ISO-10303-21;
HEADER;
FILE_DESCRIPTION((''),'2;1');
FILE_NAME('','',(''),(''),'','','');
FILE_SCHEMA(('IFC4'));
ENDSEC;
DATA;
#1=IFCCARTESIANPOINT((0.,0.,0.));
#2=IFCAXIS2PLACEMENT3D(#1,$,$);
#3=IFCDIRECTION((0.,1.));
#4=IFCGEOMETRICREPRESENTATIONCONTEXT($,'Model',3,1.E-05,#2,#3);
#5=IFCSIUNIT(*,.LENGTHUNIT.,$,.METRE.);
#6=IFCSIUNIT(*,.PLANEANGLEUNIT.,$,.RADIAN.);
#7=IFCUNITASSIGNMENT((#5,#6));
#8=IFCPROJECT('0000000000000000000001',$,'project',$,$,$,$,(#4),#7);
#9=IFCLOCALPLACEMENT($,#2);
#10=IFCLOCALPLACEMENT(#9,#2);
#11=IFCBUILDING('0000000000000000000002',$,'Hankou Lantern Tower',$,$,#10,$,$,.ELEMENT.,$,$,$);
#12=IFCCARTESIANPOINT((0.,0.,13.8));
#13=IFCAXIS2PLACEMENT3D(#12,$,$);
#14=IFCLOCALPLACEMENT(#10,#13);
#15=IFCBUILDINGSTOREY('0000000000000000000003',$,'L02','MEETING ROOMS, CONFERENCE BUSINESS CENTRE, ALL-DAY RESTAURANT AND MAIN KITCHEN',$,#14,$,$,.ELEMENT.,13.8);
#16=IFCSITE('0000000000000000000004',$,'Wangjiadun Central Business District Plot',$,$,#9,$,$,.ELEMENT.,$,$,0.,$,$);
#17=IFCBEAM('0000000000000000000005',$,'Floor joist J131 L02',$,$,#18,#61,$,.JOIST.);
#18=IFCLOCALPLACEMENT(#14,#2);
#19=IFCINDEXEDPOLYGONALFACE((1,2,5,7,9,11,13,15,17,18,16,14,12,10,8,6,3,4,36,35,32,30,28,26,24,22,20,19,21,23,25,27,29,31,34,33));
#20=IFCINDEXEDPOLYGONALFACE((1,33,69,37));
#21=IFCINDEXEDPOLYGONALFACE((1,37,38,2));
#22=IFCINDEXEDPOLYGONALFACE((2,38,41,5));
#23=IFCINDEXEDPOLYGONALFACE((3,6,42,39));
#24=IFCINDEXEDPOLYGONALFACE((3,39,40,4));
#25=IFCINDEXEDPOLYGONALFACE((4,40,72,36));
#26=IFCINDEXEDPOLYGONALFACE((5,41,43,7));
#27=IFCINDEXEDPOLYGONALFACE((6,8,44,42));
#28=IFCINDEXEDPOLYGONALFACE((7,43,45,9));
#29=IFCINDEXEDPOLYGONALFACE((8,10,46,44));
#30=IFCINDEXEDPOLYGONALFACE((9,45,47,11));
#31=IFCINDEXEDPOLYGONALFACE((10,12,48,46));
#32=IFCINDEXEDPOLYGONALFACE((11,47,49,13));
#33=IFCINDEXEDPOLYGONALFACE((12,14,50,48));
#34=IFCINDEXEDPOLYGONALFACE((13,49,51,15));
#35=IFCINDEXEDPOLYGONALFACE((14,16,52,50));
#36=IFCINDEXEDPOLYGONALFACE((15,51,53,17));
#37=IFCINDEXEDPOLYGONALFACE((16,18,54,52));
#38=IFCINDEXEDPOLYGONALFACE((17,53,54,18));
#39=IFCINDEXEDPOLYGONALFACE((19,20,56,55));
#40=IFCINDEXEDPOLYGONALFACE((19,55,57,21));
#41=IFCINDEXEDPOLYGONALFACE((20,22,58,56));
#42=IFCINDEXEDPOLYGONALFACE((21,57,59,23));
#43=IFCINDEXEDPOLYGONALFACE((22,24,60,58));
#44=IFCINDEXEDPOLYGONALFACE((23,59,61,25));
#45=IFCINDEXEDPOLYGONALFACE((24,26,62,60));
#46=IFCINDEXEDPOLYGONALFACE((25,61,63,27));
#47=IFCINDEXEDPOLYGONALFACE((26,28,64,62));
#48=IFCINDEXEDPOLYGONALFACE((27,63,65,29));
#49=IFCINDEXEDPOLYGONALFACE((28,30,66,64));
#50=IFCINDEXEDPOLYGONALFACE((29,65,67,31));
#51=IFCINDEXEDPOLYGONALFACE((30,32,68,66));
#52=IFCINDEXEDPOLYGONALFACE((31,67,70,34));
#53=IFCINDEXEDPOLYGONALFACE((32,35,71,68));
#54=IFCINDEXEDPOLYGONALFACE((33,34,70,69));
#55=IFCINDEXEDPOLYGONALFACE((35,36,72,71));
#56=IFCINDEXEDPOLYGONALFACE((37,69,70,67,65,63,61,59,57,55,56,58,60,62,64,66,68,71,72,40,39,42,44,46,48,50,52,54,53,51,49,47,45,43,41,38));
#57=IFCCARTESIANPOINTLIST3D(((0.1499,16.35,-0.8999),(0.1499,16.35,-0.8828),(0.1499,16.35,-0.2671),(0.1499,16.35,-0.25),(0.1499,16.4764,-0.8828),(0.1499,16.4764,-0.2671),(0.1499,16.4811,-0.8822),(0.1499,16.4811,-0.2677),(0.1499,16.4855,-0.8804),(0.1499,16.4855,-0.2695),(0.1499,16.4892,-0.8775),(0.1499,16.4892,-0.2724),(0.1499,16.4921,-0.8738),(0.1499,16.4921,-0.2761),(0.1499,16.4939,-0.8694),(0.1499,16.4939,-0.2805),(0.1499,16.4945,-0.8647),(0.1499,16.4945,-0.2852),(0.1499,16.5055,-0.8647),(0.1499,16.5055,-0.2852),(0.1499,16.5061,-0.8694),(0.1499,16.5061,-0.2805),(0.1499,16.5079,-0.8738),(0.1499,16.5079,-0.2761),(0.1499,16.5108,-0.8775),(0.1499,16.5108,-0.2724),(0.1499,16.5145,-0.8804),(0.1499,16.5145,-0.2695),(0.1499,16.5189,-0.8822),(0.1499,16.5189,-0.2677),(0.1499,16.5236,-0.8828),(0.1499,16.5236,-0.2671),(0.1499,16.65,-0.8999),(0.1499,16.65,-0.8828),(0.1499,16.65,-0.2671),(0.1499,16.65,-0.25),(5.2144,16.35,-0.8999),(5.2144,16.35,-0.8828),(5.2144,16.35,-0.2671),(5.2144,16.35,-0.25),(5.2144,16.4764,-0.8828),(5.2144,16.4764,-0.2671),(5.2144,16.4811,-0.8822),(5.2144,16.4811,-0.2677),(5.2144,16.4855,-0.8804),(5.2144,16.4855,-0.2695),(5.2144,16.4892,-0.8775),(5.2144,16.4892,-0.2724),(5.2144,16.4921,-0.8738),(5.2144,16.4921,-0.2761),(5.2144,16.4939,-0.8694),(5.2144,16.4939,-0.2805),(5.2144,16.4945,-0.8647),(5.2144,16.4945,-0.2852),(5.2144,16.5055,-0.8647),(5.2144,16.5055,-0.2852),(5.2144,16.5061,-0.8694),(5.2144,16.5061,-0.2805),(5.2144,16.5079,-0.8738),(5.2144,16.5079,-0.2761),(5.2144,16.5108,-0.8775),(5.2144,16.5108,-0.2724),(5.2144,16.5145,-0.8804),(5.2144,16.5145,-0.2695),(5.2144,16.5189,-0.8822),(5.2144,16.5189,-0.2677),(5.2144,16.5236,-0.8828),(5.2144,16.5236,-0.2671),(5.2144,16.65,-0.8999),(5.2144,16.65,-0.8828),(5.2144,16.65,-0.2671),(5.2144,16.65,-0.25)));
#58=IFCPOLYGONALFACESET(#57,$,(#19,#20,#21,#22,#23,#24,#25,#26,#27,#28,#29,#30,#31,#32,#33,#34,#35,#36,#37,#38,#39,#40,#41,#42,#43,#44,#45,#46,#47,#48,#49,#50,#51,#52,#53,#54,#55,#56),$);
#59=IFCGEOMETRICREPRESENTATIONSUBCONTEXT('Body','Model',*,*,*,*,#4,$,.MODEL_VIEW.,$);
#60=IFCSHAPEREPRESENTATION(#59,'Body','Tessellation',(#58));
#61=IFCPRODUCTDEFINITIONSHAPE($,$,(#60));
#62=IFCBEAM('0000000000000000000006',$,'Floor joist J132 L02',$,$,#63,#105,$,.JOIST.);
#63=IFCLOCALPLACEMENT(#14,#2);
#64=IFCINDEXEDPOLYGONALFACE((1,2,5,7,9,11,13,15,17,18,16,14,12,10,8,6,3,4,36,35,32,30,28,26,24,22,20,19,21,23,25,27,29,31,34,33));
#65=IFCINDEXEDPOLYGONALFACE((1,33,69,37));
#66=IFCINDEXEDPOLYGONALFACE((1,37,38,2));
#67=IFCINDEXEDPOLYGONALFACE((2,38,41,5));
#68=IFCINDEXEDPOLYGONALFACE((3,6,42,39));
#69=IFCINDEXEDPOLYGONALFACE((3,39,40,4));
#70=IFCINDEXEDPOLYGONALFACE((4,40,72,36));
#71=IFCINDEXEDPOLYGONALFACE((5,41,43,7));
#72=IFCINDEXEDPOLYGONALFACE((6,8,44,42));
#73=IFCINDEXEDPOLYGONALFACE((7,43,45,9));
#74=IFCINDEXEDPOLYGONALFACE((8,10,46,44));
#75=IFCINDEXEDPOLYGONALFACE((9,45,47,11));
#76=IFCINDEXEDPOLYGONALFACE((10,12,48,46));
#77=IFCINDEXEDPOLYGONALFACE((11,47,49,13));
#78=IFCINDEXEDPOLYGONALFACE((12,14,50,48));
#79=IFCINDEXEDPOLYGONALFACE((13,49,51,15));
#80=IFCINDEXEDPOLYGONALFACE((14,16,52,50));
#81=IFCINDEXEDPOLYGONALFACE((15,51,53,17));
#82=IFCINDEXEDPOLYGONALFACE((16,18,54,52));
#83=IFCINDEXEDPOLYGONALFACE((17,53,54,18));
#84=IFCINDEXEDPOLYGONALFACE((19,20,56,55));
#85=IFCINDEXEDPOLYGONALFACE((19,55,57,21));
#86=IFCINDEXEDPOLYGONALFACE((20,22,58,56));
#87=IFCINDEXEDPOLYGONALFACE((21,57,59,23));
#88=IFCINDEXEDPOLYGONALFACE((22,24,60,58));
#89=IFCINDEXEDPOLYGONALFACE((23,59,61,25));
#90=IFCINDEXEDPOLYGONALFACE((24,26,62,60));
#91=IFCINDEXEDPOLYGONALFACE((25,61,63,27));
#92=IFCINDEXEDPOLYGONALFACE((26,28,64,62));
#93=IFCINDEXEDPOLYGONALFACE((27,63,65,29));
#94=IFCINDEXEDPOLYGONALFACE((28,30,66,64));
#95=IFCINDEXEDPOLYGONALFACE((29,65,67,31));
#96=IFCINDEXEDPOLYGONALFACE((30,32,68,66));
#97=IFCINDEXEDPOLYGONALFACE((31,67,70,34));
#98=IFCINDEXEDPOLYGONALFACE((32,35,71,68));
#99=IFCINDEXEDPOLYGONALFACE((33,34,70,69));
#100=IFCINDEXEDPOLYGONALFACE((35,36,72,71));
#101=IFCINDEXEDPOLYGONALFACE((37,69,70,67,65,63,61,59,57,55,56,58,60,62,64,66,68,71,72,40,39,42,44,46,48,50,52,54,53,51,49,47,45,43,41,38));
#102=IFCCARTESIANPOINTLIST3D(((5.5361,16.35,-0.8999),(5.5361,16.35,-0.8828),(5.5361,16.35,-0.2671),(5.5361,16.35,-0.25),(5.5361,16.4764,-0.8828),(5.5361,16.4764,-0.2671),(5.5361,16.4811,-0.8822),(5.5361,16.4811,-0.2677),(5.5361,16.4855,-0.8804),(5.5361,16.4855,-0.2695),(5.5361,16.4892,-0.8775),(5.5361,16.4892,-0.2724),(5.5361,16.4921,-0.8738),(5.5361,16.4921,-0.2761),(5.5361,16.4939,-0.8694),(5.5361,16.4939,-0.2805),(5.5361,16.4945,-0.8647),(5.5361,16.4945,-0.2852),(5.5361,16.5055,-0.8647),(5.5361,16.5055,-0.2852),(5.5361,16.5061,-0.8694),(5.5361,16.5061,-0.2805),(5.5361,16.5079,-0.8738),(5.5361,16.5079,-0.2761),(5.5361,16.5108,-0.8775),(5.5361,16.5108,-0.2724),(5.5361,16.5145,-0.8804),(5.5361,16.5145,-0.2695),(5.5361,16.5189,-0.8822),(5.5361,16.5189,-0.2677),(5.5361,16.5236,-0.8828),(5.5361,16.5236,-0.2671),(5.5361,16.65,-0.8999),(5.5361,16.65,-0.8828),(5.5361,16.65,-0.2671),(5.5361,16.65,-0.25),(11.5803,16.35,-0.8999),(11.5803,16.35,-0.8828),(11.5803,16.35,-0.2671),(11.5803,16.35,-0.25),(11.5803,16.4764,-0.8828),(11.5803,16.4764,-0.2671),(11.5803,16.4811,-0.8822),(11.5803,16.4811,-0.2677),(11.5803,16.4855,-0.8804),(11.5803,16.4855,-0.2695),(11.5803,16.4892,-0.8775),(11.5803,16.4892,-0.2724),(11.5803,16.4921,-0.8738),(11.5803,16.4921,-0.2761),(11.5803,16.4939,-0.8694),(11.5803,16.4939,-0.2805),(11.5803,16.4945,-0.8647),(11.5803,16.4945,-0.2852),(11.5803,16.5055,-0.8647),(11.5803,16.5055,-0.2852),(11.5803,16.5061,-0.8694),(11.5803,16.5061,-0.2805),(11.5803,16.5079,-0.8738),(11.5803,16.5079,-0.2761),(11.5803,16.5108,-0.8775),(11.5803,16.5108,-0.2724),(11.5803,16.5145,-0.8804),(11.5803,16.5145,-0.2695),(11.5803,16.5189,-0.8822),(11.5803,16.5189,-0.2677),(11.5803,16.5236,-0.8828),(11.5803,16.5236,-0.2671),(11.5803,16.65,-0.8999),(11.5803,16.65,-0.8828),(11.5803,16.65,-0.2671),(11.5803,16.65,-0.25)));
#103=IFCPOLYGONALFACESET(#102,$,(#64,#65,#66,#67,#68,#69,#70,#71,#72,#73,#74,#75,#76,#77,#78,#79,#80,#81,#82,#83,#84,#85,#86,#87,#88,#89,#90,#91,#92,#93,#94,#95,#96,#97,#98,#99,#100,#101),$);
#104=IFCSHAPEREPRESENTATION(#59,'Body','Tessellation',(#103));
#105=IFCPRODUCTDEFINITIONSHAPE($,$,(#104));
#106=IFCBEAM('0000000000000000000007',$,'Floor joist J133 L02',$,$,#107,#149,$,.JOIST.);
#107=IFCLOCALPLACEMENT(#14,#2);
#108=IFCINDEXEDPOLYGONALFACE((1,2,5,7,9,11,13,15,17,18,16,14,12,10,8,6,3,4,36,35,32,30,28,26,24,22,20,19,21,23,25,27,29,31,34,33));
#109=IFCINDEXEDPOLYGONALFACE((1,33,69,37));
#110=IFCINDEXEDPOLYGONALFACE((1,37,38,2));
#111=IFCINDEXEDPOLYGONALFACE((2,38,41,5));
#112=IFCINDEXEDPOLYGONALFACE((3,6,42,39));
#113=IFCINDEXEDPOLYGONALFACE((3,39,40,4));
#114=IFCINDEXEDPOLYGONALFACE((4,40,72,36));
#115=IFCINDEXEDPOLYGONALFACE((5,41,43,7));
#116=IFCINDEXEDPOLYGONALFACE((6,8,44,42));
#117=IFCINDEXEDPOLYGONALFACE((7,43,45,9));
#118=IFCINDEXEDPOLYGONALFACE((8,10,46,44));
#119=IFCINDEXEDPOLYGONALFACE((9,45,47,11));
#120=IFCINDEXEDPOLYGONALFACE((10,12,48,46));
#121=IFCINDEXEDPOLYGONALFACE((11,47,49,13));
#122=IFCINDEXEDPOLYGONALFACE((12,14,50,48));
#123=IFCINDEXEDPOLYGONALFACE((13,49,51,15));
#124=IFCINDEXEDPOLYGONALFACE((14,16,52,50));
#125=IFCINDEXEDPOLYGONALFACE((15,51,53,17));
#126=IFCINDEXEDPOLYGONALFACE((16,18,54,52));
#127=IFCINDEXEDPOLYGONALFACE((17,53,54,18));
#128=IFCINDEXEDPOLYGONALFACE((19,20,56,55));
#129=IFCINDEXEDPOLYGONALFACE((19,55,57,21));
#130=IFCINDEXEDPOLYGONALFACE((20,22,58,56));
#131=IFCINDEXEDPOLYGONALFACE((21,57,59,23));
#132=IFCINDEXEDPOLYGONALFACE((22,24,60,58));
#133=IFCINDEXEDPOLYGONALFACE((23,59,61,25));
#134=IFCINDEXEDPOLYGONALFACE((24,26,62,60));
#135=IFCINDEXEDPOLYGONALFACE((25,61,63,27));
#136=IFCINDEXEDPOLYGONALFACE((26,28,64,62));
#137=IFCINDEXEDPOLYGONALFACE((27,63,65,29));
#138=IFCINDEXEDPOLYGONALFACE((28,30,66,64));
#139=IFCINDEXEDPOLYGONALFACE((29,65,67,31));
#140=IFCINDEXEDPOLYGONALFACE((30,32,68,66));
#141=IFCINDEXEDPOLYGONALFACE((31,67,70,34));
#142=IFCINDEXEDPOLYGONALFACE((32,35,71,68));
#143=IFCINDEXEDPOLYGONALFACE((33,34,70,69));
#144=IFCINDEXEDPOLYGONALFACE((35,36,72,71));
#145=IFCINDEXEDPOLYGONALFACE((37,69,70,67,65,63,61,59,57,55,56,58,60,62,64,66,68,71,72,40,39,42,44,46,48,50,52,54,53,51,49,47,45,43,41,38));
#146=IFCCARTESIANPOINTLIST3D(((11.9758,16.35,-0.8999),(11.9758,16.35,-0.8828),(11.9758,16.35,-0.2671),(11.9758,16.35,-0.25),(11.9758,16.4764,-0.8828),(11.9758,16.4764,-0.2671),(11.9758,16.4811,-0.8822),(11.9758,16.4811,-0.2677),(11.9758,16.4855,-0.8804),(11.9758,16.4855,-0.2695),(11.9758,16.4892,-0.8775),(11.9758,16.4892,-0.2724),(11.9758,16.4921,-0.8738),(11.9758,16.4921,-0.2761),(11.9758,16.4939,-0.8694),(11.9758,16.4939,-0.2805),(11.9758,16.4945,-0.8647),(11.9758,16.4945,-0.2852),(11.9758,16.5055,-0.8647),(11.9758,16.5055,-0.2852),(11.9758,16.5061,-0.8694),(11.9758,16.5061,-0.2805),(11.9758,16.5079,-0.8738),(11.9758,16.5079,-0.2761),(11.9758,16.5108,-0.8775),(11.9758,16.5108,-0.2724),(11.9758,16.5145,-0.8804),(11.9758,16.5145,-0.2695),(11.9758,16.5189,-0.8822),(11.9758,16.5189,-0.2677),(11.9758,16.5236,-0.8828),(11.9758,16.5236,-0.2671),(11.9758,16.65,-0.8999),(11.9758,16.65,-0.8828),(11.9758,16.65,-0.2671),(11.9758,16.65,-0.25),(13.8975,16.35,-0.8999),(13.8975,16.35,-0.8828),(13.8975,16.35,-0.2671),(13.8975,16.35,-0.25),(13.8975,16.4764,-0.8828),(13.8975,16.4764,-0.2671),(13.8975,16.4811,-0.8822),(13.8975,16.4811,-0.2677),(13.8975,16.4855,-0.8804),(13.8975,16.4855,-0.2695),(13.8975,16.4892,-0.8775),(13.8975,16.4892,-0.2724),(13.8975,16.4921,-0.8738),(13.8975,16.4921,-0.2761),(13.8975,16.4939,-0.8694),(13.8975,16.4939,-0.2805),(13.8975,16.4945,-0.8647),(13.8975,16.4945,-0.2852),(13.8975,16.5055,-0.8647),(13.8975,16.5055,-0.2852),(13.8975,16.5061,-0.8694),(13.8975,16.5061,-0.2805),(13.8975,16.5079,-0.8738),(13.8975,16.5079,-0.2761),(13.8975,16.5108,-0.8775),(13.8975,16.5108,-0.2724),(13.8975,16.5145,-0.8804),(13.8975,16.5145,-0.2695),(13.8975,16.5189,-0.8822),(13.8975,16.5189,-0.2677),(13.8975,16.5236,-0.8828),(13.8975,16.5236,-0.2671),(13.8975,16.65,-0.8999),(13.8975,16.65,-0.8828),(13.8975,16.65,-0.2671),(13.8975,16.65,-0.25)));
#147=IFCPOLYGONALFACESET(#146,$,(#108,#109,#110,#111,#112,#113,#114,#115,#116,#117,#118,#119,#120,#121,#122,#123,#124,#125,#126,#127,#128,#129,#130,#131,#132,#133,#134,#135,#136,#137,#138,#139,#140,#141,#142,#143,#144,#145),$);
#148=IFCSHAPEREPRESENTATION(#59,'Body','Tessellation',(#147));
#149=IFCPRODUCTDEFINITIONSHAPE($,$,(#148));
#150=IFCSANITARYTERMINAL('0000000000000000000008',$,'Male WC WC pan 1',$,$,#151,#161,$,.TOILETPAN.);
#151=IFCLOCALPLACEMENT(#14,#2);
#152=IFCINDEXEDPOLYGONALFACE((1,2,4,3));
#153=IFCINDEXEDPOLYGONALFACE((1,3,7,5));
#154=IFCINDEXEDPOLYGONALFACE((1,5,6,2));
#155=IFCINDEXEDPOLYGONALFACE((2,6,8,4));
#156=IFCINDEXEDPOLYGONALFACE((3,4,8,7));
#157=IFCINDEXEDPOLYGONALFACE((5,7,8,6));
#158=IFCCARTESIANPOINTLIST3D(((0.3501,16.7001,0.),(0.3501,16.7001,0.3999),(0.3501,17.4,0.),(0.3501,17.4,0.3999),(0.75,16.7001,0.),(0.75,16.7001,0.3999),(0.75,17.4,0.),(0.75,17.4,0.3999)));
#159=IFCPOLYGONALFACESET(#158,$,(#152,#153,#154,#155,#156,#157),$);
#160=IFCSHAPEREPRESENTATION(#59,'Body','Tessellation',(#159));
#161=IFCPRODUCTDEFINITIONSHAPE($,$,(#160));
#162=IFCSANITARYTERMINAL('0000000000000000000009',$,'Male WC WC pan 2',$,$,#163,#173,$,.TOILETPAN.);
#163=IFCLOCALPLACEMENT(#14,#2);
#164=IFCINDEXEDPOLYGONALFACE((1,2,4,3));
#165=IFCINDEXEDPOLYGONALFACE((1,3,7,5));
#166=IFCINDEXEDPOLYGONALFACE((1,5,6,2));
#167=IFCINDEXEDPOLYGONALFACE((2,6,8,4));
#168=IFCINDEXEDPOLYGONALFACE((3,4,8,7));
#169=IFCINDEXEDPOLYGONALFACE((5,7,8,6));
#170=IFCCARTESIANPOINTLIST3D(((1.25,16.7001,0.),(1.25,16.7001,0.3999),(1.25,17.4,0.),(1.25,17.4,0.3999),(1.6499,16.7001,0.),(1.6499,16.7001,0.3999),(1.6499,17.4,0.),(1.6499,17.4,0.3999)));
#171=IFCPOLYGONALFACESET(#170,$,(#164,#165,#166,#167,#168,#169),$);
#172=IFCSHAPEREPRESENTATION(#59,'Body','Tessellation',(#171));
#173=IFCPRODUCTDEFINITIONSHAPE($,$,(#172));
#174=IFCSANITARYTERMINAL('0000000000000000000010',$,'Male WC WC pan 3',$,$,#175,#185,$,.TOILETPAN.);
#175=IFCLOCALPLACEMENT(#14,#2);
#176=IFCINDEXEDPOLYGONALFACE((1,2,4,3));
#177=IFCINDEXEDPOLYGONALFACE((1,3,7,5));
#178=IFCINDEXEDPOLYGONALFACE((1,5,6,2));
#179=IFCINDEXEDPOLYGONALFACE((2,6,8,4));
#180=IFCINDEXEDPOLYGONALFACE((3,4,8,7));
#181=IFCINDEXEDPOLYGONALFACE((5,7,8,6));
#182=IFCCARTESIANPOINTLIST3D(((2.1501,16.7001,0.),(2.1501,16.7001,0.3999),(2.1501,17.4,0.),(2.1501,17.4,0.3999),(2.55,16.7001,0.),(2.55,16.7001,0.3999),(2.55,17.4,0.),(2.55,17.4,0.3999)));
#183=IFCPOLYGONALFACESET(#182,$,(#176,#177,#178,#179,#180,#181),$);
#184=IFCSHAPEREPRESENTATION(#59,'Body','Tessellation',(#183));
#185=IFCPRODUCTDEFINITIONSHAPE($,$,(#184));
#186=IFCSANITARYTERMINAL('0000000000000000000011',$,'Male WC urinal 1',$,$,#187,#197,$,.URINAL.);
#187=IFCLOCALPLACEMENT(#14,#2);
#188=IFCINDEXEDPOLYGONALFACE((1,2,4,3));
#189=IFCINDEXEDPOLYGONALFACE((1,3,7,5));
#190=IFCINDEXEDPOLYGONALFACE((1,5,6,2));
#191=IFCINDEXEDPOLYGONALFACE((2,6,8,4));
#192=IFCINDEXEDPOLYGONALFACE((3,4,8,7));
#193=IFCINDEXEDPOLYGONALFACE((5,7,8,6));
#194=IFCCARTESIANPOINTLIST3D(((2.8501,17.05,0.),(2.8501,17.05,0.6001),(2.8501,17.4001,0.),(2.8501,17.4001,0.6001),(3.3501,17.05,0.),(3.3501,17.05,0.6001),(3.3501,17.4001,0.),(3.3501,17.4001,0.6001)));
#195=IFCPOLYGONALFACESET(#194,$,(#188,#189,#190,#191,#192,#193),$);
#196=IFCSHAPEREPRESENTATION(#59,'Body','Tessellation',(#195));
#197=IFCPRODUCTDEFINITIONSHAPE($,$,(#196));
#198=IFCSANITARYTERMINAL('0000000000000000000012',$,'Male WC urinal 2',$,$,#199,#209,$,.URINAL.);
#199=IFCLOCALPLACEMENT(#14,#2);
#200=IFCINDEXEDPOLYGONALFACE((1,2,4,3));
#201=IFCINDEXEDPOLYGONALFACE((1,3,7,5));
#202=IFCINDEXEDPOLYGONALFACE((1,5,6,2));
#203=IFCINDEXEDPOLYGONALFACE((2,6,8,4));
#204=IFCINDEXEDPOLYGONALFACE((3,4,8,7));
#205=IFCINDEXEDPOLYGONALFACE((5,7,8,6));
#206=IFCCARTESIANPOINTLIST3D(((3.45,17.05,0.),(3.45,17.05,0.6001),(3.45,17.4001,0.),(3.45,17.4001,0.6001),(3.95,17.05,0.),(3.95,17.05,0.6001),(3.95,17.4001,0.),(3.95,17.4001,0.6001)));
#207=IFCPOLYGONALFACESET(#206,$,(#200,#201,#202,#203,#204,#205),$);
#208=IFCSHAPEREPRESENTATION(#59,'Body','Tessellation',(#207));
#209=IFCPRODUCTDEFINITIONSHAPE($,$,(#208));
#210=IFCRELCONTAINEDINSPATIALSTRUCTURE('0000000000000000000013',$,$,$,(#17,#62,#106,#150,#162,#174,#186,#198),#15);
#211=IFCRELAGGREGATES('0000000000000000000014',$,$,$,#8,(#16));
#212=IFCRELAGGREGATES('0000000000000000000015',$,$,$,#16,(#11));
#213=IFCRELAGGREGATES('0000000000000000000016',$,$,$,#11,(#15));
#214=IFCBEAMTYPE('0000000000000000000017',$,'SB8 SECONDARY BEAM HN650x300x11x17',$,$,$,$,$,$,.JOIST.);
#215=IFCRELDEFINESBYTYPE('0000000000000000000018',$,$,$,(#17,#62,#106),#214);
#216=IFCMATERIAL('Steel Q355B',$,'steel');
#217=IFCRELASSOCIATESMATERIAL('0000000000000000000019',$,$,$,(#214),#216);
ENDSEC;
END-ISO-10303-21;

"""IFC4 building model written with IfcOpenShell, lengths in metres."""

from ifc_helpers import new_model, si_unit, direction, frame, origin, origin_2d, place, context, subcontext, project, spatial, rectangle, i_section, extrude, material, material_profile, profile_set, type_object, element, save


model = new_model("IFC4")

# Units and contexts
model_context = context("Model", 3, precision=1e-05, world=origin(), true_north=direction((0.0, 1.0)))
body_context = subcontext(model_context, "Body", "Model", "MODEL_VIEW")
ifc_project = project(units=[si_unit("LENGTHUNIT", "METRE"), si_unit("PLANEANGLEUNIT", "RADIAN")], contexts=[model_context])

# Site, building, storey
site_placement = place(None, origin())
site = spatial("IfcSite", under=ifc_project, at=site_placement, Name="Wangjiadun Central Business District Plot", CompositionType="ELEMENT", RefElevation=0.0)
building_placement = place(site_placement, origin())
building = spatial("IfcBuilding", under=site, at=building_placement, Name="Hankou Lantern Tower", CompositionType="ELEMENT")
storey_placement = place(building_placement, frame((0.0, 0.0, 13.8)))
storey = spatial("IfcBuildingStorey", under=building, at=storey_placement, Name="L02", Description="MEETING ROOMS, CONFERENCE BUSINESS CENTRE, ALL-DAY RESTAURANT AND MAIN KITCHEN", CompositionType="ELEMENT", Elevation=13.8)

# Beams
ifc_material_1 = material(Name="Steel Q355B", Category="steel")
ifc_material_profile_1 = material_profile(ifc_material_1, i_section(OverallWidth=0.3, OverallDepth=0.6499, WebThickness=0.011, FlangeThickness=0.0171, FilletRadius=0.0181, at=origin_2d()), Name="HN650x300x11x17")
ifc_profile_set_1 = profile_set([ifc_material_profile_1], Name="Steel Q355B")
beam_type_1 = type_object("IfcBeamType", Name="SB8 SECONDARY BEAM HN650x300x11x17", PredefinedType="JOIST", material=ifc_profile_set_1)
beam_1_placement = place(storey_placement, frame((0.1499, 16.5, -0.575), z_axis=(1.0, 0.0, 0.0), x_axis=(0.0, 1.0, 0.0)))
element("IfcBeam", 1, at=beam_1_placement, inside=storey, type_object=beam_type_1, Name="Floor joist J131 L02", PredefinedType="JOIST", context=body_context, shape_type="SweptSolid", body=[
    extrude(i_section(OverallWidth=0.3, OverallDepth=0.6499, WebThickness=0.011, FlangeThickness=0.0171, FilletRadius=0.0181, at=origin_2d()), origin(), (0.0, 0.0, 1.0), 5.0645),
])
beam_2_placement = place(storey_placement, frame((5.5361, 16.5, -0.575), z_axis=(1.0, 0.0, 0.0), x_axis=(0.0, 1.0, 0.0)))
element("IfcBeam", 2, at=beam_2_placement, inside=storey, type_object=beam_type_1, Name="Floor joist J132 L02", PredefinedType="JOIST", context=body_context, shape_type="SweptSolid", body=[
    extrude(i_section(OverallWidth=0.3, OverallDepth=0.6499, WebThickness=0.011, FlangeThickness=0.0171, FilletRadius=0.0181, at=origin_2d()), origin(), (0.0, 0.0, 1.0), 6.0442),
])
beam_3_placement = place(storey_placement, frame((11.9758, 16.5, -0.575), z_axis=(1.0, 0.0, 0.0), x_axis=(0.0, 1.0, 0.0)))
element("IfcBeam", 3, at=beam_3_placement, inside=storey, type_object=beam_type_1, Name="Floor joist J133 L02", PredefinedType="JOIST", context=body_context, shape_type="SweptSolid", body=[
    extrude(i_section(OverallWidth=0.3, OverallDepth=0.6499, WebThickness=0.011, FlangeThickness=0.0171, FilletRadius=0.0181, at=origin_2d()), origin(), (0.0, 0.0, 1.0), 1.9216),
])

# Sanitary terminals
for number, where, z_axis, x_axis, name in (
    (4, (0.55, 17.05, 0.0), (0.0, 0.0, 1.0), (1.0, 0.0, 0.0), "Male WC WC pan 1"),
    (5, (1.45, 17.05, 0.0), (0.0, 0.0, 1.0), (1.0, 0.0, 0.0), "Male WC WC pan 2"),
    (6, (2.3501, 17.05, 0.0), (0.0, 0.0, 1.0), (1.0, 0.0, 0.0), "Male WC WC pan 3"),
):
    element("IfcSanitaryTerminal", number, at=place(storey_placement, frame(where, z_axis=z_axis, x_axis=x_axis)), inside=storey, Name=name, PredefinedType="TOILETPAN", context=body_context, shape_type="SweptSolid", body=[
        extrude(rectangle(XDim=0.3999, YDim=0.7, at=origin_2d()), origin(), (0.0, 0.0, 1.0), 0.3999),
    ])
for number, where, z_axis, x_axis, name in (
    (7, (3.1001, 17.2251, 0.0), (0.0, 0.0, 1.0), (1.0, 0.0, 0.0), "Male WC urinal 1"),
    (8, (3.7, 17.2251, 0.0), (0.0, 0.0, 1.0), (1.0, 0.0, 0.0), "Male WC urinal 2"),
):
    element("IfcSanitaryTerminal", number, at=place(storey_placement, frame(where, z_axis=z_axis, x_axis=x_axis)), inside=storey, Name=name, PredefinedType="URINAL", context=body_context, shape_type="SweptSolid", body=[
        extrude(rectangle(XDim=0.5, YDim=0.3501, at=origin_2d()), origin(), (0.0, 0.0, 1.0), 0.6001),
    ])

save(model, "model.ifc")
